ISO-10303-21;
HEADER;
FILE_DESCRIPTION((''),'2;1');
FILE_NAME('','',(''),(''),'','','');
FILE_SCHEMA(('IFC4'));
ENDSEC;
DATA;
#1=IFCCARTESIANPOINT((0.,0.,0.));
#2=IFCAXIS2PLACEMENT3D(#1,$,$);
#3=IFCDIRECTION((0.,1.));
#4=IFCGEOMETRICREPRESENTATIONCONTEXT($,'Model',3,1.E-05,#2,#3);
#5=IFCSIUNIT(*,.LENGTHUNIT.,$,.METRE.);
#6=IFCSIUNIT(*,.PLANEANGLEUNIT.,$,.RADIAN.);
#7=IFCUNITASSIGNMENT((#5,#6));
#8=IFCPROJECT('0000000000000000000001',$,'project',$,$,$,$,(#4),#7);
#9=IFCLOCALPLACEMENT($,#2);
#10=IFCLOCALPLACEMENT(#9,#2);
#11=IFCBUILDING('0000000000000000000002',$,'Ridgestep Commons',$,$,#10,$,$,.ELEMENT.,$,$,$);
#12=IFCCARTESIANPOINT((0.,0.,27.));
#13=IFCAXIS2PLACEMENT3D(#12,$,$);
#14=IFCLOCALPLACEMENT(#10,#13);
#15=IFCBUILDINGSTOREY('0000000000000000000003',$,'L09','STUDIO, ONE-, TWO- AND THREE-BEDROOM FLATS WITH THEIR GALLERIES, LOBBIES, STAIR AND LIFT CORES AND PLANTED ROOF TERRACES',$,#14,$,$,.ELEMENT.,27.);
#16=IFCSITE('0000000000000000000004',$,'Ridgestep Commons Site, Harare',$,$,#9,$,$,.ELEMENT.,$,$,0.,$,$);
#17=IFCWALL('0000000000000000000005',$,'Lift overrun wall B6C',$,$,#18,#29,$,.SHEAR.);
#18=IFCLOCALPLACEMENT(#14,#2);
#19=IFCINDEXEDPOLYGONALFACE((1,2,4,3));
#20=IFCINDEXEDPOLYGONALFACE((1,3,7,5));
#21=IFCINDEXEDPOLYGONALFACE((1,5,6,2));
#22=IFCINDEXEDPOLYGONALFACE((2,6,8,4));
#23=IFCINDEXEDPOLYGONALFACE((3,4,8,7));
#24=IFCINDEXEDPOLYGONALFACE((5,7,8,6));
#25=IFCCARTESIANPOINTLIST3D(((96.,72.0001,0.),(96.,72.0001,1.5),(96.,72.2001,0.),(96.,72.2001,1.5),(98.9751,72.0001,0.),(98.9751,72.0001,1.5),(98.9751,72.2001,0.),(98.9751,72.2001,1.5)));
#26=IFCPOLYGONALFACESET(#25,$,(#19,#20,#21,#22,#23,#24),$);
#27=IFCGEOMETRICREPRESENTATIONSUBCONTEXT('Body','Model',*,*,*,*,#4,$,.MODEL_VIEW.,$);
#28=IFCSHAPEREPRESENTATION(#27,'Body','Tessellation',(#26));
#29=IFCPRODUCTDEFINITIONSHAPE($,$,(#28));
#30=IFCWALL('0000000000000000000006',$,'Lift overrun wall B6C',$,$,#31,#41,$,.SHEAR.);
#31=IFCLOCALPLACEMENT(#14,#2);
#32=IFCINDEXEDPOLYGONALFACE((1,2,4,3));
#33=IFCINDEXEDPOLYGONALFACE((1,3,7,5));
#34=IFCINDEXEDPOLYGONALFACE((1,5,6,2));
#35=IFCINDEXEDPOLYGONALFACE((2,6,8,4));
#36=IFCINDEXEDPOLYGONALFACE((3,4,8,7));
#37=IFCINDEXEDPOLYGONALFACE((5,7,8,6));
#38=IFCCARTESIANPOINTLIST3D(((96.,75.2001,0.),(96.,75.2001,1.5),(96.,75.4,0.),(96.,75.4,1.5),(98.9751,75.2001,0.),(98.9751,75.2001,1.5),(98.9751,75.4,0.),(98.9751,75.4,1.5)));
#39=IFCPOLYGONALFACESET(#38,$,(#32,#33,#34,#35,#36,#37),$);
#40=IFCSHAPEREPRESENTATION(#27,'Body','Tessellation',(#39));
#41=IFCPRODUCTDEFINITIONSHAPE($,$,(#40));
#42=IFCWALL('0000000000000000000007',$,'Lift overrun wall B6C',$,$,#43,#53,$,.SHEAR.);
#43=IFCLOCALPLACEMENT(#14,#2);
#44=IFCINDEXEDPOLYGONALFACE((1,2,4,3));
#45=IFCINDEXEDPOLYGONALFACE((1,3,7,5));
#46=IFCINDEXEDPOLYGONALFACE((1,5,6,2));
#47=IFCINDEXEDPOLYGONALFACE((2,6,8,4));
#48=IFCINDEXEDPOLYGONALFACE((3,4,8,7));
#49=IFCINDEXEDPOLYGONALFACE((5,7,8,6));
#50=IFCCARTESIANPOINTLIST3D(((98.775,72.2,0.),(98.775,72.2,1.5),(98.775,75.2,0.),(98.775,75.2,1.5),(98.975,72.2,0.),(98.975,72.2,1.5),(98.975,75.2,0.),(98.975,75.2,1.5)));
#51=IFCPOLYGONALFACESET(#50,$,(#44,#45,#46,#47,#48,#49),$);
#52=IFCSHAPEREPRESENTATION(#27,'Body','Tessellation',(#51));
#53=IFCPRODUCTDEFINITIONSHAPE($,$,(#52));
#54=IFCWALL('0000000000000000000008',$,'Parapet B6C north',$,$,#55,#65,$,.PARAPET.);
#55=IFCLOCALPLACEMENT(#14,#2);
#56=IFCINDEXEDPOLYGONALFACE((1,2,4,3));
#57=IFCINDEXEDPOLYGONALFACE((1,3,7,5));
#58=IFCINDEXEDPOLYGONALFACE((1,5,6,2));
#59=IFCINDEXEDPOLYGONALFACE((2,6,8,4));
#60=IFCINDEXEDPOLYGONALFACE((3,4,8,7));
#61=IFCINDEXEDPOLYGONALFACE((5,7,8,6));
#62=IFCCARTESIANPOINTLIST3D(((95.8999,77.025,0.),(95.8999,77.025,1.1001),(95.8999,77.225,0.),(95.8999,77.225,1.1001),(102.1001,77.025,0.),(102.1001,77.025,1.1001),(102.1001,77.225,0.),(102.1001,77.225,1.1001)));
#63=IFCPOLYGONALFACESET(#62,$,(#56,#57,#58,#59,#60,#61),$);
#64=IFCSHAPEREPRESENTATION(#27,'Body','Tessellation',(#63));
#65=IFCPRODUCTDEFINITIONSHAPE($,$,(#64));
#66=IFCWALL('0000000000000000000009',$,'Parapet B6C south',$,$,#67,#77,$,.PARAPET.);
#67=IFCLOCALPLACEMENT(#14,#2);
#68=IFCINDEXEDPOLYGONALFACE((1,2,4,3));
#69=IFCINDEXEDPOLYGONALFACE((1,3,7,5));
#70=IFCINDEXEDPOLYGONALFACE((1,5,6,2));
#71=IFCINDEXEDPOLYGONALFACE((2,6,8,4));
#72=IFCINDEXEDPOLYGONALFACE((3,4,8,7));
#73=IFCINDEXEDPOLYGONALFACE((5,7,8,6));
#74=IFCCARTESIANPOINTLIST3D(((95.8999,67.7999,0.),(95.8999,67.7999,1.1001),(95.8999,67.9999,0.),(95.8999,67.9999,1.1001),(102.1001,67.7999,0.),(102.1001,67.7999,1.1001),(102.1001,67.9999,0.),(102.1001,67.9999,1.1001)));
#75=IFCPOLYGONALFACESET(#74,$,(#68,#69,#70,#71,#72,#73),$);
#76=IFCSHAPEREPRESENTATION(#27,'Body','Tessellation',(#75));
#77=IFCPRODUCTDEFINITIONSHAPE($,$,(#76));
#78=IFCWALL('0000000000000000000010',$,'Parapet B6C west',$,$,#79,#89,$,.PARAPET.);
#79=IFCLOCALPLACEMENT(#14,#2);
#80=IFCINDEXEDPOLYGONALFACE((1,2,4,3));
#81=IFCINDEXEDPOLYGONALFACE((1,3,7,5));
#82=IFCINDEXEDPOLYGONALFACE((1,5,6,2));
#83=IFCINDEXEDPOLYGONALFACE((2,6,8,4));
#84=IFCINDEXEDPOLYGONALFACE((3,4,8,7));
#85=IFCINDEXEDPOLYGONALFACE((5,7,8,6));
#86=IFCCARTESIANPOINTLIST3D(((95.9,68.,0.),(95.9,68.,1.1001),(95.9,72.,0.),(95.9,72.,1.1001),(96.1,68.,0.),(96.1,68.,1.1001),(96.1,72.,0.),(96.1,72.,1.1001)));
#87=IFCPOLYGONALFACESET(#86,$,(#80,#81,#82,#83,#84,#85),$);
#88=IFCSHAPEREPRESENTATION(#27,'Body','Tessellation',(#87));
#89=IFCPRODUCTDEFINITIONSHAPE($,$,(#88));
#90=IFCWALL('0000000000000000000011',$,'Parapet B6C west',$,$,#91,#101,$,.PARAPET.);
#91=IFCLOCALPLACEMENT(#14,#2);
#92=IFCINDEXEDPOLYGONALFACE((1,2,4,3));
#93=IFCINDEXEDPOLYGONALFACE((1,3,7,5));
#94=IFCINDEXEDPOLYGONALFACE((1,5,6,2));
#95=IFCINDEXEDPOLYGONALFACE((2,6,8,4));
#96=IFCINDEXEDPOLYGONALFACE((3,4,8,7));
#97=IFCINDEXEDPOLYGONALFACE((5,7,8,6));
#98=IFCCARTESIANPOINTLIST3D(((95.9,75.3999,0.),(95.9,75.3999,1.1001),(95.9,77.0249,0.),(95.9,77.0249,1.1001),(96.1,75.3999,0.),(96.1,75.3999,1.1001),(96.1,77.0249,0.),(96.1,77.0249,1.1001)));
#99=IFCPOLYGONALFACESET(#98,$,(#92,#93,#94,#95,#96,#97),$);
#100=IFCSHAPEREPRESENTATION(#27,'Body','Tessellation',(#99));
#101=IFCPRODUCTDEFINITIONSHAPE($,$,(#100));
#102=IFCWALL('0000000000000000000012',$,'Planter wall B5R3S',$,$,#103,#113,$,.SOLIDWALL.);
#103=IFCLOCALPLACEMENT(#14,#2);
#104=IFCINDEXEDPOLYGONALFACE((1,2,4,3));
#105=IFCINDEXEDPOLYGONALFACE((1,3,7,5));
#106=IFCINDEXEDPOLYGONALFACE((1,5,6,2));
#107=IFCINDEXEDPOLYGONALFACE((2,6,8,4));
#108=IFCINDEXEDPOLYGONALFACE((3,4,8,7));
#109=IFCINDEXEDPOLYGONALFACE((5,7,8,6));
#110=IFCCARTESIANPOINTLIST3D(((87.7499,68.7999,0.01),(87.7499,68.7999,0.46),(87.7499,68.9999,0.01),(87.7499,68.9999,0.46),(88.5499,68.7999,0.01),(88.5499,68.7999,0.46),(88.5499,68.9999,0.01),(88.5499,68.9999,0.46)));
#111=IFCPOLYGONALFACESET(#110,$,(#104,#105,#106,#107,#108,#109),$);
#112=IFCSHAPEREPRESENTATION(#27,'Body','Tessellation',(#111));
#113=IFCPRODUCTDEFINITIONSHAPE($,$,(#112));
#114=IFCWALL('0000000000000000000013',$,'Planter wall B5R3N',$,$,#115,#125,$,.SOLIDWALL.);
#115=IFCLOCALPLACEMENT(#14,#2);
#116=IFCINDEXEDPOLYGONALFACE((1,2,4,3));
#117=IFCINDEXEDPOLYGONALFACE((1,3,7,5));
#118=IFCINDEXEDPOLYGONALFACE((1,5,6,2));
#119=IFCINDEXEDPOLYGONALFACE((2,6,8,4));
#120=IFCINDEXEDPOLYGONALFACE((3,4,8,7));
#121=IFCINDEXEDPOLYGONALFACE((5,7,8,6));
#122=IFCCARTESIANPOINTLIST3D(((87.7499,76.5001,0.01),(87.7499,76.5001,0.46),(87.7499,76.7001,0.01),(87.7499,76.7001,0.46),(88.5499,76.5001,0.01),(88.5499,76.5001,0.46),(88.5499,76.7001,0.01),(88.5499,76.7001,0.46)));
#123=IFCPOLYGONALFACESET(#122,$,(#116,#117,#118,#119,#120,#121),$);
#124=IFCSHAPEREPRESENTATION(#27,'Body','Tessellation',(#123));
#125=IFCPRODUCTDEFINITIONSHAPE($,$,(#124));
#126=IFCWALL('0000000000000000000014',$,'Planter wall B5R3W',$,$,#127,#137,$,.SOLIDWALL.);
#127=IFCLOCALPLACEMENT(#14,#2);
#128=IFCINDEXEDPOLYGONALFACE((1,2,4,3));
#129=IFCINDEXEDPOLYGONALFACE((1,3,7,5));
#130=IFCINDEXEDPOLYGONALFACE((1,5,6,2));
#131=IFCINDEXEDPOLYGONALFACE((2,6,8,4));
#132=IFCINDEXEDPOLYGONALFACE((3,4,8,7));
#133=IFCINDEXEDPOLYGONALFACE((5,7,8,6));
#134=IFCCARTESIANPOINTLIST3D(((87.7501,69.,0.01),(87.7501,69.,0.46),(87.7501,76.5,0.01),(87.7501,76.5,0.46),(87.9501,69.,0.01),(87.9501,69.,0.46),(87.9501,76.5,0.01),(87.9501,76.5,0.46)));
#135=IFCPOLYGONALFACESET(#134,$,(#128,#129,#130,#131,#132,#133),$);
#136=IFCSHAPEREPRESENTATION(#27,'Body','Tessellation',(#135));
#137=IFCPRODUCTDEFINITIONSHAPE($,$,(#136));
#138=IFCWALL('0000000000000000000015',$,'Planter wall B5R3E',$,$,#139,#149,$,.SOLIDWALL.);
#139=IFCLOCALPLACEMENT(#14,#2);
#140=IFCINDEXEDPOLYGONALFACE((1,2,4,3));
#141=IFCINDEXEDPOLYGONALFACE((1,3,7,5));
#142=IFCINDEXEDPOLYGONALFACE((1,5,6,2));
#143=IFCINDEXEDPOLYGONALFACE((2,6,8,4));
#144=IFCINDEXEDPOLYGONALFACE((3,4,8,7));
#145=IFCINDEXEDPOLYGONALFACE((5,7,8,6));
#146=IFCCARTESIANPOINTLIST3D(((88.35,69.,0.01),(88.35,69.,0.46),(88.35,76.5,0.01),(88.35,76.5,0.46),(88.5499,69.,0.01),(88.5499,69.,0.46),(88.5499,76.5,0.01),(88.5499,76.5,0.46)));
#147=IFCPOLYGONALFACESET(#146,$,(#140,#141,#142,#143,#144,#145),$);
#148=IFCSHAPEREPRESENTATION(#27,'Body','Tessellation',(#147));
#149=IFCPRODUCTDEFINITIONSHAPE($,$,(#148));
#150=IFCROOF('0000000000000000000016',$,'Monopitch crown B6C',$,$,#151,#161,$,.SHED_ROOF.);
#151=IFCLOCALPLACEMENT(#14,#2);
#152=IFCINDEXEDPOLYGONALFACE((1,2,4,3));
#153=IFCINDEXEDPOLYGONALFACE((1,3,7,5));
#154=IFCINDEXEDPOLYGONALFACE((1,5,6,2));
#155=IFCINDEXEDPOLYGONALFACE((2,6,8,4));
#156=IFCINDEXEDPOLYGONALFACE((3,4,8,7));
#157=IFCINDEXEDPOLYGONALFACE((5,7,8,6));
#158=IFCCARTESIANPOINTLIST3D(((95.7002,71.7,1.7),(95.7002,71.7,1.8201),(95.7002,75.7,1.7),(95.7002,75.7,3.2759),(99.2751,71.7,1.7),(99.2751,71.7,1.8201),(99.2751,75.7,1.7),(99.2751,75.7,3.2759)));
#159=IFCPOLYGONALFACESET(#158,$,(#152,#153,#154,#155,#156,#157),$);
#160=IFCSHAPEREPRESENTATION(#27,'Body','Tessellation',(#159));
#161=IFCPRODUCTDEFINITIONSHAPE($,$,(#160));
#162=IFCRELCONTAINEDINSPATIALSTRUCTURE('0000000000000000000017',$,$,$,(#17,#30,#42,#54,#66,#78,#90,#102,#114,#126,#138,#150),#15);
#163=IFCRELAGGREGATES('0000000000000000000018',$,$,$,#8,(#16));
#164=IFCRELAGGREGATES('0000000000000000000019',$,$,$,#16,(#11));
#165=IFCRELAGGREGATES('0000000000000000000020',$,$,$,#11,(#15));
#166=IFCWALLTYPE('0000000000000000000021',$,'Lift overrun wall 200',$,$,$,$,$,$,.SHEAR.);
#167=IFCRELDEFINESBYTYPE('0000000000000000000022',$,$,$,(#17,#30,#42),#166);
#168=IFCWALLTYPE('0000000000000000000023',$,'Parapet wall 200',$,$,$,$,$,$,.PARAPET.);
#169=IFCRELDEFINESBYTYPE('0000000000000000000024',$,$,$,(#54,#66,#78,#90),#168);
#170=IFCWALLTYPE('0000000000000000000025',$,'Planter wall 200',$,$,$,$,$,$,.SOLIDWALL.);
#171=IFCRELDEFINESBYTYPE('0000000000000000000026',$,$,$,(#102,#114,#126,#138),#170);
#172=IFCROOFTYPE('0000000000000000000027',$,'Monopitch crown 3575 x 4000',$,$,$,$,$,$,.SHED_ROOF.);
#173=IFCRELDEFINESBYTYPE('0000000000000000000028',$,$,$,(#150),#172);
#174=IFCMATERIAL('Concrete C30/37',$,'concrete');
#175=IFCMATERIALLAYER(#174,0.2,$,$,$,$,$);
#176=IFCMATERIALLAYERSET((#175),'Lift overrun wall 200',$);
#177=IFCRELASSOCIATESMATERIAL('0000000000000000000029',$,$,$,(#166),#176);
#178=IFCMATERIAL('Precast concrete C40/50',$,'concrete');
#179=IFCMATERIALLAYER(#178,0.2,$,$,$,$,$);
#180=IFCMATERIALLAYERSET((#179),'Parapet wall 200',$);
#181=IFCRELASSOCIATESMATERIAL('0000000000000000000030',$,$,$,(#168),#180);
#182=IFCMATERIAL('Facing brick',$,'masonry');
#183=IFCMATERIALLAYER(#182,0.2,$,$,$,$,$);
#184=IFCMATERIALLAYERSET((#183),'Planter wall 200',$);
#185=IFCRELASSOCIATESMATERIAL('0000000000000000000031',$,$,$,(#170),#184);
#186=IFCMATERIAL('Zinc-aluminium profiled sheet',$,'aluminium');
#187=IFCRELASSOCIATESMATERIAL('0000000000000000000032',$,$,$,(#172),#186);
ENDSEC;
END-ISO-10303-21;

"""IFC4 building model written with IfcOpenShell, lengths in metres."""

from ifc_helpers import new_model, si_unit, direction, frame, frame_2d, origin, place, context, subcontext, project, spatial, polyline, rectangle, outline, extrude, material, layer, layer_set, type_object, element, save


model = new_model("IFC4")

# Units and contexts
model_context = context("Model", 3, precision=1e-05, world=origin(), true_north=direction((0.0, 1.0)))
body_context = subcontext(model_context, "Body", "Model", "MODEL_VIEW")
ifc_project = project(units=[si_unit("LENGTHUNIT", "METRE"), si_unit("PLANEANGLEUNIT", "RADIAN")], contexts=[model_context])

# Site, building, storey
site_placement = place(None, origin())
site = spatial("IfcSite", under=ifc_project, at=site_placement, Name="Ridgestep Commons Site, Harare", CompositionType="ELEMENT", RefElevation=0.0)
building_placement = place(site_placement, origin())
building = spatial("IfcBuilding", under=site, at=building_placement, Name="Ridgestep Commons", CompositionType="ELEMENT")
storey_placement = place(building_placement, frame((0.0, 0.0, 27.0)))
storey = spatial("IfcBuildingStorey", under=building, at=storey_placement, Name="L09", Description="STUDIO, ONE-, TWO- AND THREE-BEDROOM FLATS WITH THEIR GALLERIES, LOBBIES, STAIR AND LIFT CORES AND PLANTED ROOF TERRACES", CompositionType="ELEMENT", Elevation=27.0)

# Walls
ifc_material_1 = material(Name="Concrete C30/37", Category="concrete")
ifc_layer_1 = layer(ifc_material_1, 0.2)
ifc_layer_set_1 = layer_set([ifc_layer_1], Name="Lift overrun wall 200")
wall_type_1 = type_object("IfcWallType", Name="Lift overrun wall 200", PredefinedType="SHEAR", material=ifc_layer_set_1)
for number, where, z_axis, x_axis, name in (
    (1, (96.0, 72.1001, 0.0), (0.0, 0.0, 1.0), (1.0, 0.0, 0.0), "Lift overrun wall B6C"),
    (2, (96.0, 75.3, 0.0), (0.0, 0.0, 1.0), (1.0, 0.0, 0.0), "Lift overrun wall B6C"),
):
    element("IfcWall", number, at=place(storey_placement, frame(where, z_axis=z_axis, x_axis=x_axis)), inside=storey, type_object=wall_type_1, Name=name, PredefinedType="SHEAR", context=body_context, shape_type="SweptSolid", body=[
        extrude(rectangle(XDim=2.9751, YDim=0.2, at=frame_2d((1.4875, 0.0))), origin(), (0.0, 0.0, 1.0), 1.5),
    ])
wall_1_placement = place(storey_placement, frame((98.875, 72.2, 0.0), z_axis=(0.0, 0.0, 1.0), x_axis=(0.0, 1.0, 0.0)))
element("IfcWall", 3, at=wall_1_placement, inside=storey, type_object=wall_type_1, Name="Lift overrun wall B6C", PredefinedType="SHEAR", context=body_context, shape_type="SweptSolid", body=[
    extrude(rectangle(XDim=3.0, YDim=0.2, at=frame_2d((1.5, 0.0))), origin(), (0.0, 0.0, 1.0), 1.5),
])
ifc_material_2 = material(Name="Precast concrete C40/50", Category="concrete")
ifc_layer_2 = layer(ifc_material_2, 0.2)
ifc_layer_set_2 = layer_set([ifc_layer_2], Name="Parapet wall 200")
wall_type_2 = type_object("IfcWallType", Name="Parapet wall 200", PredefinedType="PARAPET", material=ifc_layer_set_2)
for number, where, z_axis, x_axis, name in (
    (4, (95.8999, 77.125, 0.0), (0.0, 0.0, 1.0), (1.0, 0.0, 0.0), "Parapet B6C north"),
    (5, (95.8999, 67.8999, 0.0), (0.0, 0.0, 1.0), (1.0, 0.0, 0.0), "Parapet B6C south"),
):
    element("IfcWall", number, at=place(storey_placement, frame(where, z_axis=z_axis, x_axis=x_axis)), inside=storey, type_object=wall_type_2, Name=name, PredefinedType="PARAPET", context=body_context, shape_type="SweptSolid", body=[
        extrude(rectangle(XDim=6.2002, YDim=0.2, at=frame_2d((3.1001, 0.0))), origin(), (0.0, 0.0, 1.0), 1.1001),
    ])
wall_2_placement = place(storey_placement, frame((96.0, 68.0, 0.0), z_axis=(0.0, 0.0, 1.0), x_axis=(0.0, 1.0, 0.0)))
element("IfcWall", 6, at=wall_2_placement, inside=storey, type_object=wall_type_2, Name="Parapet B6C west", PredefinedType="PARAPET", context=body_context, shape_type="SweptSolid", body=[
    extrude(rectangle(XDim=4.0, YDim=0.2, at=frame_2d((2.0, 0.0))), origin(), (0.0, 0.0, 1.0), 1.1001),
])
wall_3_placement = place(storey_placement, frame((96.0, 75.3999, 0.0), z_axis=(0.0, 0.0, 1.0), x_axis=(0.0, 1.0, 0.0)))
element("IfcWall", 7, at=wall_3_placement, inside=storey, type_object=wall_type_2, Name="Parapet B6C west", PredefinedType="PARAPET", context=body_context, shape_type="SweptSolid", body=[
    extrude(rectangle(XDim=1.625, YDim=0.2, at=frame_2d((0.8125, 0.0))), origin(), (0.0, 0.0, 1.0), 1.1001),
])
ifc_material_3 = material(Name="Facing brick", Category="masonry")
ifc_layer_3 = layer(ifc_material_3, 0.2)
ifc_layer_set_3 = layer_set([ifc_layer_3], Name="Planter wall 200")
wall_type_3 = type_object("IfcWallType", Name="Planter wall 200", PredefinedType="SOLIDWALL", material=ifc_layer_set_3)
for number, where, z_axis, x_axis, name in (
    (8, (87.75, 68.8999, 0.01), (0.0, 0.0, 1.0), (1.0, 0.0, 0.0), "Planter wall B5R3S"),
    (9, (87.75, 76.6001, 0.01), (0.0, 0.0, 1.0), (1.0, 0.0, 0.0), "Planter wall B5R3N"),
):
    element("IfcWall", number, at=place(storey_placement, frame(where, z_axis=z_axis, x_axis=x_axis)), inside=storey, type_object=wall_type_3, Name=name, PredefinedType="SOLIDWALL", context=body_context, shape_type="SweptSolid", body=[
        extrude(rectangle(XDim=0.8, YDim=0.2, at=frame_2d((0.3999, 0.0))), origin(), (0.0, 0.0, 1.0), 0.45),
    ])
for number, where, z_axis, x_axis, name in (
    (10, (87.8501, 69.0, 0.01), (0.0, 0.0, 1.0), (0.0, 1.0, 0.0), "Planter wall B5R3W"),
    (11, (88.45, 69.0, 0.01), (0.0, 0.0, 1.0), (0.0, 1.0, 0.0), "Planter wall B5R3E"),
):
    element("IfcWall", number, at=place(storey_placement, frame(where, z_axis=z_axis, x_axis=x_axis)), inside=storey, type_object=wall_type_3, Name=name, PredefinedType="SOLIDWALL", context=body_context, shape_type="SweptSolid", body=[
        extrude(rectangle(XDim=7.5, YDim=0.2, at=frame_2d((3.75, 0.0))), origin(), (0.0, 0.0, 1.0), 0.45),
    ])

# Roof
ifc_material_4 = material(Name="Zinc-aluminium profiled sheet", Category="aluminium")
roof_type = type_object("IfcRoofType", Name="Monopitch crown 3575 x 4000", PredefinedType="SHED_ROOF", material=ifc_material_4)
roof_placement = place(storey_placement, frame((97.4875, 75.7, 1.7), z_axis=(0.0, 0.0, 1.0), x_axis=(0.0, -1.0, 0.0)))
element("IfcRoof", 12, at=roof_placement, inside=storey, type_object=roof_type, Name="Monopitch crown B6C", PredefinedType="SHED_ROOF", context=body_context, shape_type="SweptSolid", body=[
    extrude(outline(polyline([(0.0, 0.0), (4.0, 0.0), (4.0, 0.1201), (0.0, 1.5759), (0.0, 0.0)])), frame((0.0, 1.7876, 0.0), z_axis=(0.0, -1.0, 0.0), x_axis=(1.0, 0.0, 0.0)), (0.0, 0.0, 1.0), 3.575),
])

save(model, "model.ifc")
